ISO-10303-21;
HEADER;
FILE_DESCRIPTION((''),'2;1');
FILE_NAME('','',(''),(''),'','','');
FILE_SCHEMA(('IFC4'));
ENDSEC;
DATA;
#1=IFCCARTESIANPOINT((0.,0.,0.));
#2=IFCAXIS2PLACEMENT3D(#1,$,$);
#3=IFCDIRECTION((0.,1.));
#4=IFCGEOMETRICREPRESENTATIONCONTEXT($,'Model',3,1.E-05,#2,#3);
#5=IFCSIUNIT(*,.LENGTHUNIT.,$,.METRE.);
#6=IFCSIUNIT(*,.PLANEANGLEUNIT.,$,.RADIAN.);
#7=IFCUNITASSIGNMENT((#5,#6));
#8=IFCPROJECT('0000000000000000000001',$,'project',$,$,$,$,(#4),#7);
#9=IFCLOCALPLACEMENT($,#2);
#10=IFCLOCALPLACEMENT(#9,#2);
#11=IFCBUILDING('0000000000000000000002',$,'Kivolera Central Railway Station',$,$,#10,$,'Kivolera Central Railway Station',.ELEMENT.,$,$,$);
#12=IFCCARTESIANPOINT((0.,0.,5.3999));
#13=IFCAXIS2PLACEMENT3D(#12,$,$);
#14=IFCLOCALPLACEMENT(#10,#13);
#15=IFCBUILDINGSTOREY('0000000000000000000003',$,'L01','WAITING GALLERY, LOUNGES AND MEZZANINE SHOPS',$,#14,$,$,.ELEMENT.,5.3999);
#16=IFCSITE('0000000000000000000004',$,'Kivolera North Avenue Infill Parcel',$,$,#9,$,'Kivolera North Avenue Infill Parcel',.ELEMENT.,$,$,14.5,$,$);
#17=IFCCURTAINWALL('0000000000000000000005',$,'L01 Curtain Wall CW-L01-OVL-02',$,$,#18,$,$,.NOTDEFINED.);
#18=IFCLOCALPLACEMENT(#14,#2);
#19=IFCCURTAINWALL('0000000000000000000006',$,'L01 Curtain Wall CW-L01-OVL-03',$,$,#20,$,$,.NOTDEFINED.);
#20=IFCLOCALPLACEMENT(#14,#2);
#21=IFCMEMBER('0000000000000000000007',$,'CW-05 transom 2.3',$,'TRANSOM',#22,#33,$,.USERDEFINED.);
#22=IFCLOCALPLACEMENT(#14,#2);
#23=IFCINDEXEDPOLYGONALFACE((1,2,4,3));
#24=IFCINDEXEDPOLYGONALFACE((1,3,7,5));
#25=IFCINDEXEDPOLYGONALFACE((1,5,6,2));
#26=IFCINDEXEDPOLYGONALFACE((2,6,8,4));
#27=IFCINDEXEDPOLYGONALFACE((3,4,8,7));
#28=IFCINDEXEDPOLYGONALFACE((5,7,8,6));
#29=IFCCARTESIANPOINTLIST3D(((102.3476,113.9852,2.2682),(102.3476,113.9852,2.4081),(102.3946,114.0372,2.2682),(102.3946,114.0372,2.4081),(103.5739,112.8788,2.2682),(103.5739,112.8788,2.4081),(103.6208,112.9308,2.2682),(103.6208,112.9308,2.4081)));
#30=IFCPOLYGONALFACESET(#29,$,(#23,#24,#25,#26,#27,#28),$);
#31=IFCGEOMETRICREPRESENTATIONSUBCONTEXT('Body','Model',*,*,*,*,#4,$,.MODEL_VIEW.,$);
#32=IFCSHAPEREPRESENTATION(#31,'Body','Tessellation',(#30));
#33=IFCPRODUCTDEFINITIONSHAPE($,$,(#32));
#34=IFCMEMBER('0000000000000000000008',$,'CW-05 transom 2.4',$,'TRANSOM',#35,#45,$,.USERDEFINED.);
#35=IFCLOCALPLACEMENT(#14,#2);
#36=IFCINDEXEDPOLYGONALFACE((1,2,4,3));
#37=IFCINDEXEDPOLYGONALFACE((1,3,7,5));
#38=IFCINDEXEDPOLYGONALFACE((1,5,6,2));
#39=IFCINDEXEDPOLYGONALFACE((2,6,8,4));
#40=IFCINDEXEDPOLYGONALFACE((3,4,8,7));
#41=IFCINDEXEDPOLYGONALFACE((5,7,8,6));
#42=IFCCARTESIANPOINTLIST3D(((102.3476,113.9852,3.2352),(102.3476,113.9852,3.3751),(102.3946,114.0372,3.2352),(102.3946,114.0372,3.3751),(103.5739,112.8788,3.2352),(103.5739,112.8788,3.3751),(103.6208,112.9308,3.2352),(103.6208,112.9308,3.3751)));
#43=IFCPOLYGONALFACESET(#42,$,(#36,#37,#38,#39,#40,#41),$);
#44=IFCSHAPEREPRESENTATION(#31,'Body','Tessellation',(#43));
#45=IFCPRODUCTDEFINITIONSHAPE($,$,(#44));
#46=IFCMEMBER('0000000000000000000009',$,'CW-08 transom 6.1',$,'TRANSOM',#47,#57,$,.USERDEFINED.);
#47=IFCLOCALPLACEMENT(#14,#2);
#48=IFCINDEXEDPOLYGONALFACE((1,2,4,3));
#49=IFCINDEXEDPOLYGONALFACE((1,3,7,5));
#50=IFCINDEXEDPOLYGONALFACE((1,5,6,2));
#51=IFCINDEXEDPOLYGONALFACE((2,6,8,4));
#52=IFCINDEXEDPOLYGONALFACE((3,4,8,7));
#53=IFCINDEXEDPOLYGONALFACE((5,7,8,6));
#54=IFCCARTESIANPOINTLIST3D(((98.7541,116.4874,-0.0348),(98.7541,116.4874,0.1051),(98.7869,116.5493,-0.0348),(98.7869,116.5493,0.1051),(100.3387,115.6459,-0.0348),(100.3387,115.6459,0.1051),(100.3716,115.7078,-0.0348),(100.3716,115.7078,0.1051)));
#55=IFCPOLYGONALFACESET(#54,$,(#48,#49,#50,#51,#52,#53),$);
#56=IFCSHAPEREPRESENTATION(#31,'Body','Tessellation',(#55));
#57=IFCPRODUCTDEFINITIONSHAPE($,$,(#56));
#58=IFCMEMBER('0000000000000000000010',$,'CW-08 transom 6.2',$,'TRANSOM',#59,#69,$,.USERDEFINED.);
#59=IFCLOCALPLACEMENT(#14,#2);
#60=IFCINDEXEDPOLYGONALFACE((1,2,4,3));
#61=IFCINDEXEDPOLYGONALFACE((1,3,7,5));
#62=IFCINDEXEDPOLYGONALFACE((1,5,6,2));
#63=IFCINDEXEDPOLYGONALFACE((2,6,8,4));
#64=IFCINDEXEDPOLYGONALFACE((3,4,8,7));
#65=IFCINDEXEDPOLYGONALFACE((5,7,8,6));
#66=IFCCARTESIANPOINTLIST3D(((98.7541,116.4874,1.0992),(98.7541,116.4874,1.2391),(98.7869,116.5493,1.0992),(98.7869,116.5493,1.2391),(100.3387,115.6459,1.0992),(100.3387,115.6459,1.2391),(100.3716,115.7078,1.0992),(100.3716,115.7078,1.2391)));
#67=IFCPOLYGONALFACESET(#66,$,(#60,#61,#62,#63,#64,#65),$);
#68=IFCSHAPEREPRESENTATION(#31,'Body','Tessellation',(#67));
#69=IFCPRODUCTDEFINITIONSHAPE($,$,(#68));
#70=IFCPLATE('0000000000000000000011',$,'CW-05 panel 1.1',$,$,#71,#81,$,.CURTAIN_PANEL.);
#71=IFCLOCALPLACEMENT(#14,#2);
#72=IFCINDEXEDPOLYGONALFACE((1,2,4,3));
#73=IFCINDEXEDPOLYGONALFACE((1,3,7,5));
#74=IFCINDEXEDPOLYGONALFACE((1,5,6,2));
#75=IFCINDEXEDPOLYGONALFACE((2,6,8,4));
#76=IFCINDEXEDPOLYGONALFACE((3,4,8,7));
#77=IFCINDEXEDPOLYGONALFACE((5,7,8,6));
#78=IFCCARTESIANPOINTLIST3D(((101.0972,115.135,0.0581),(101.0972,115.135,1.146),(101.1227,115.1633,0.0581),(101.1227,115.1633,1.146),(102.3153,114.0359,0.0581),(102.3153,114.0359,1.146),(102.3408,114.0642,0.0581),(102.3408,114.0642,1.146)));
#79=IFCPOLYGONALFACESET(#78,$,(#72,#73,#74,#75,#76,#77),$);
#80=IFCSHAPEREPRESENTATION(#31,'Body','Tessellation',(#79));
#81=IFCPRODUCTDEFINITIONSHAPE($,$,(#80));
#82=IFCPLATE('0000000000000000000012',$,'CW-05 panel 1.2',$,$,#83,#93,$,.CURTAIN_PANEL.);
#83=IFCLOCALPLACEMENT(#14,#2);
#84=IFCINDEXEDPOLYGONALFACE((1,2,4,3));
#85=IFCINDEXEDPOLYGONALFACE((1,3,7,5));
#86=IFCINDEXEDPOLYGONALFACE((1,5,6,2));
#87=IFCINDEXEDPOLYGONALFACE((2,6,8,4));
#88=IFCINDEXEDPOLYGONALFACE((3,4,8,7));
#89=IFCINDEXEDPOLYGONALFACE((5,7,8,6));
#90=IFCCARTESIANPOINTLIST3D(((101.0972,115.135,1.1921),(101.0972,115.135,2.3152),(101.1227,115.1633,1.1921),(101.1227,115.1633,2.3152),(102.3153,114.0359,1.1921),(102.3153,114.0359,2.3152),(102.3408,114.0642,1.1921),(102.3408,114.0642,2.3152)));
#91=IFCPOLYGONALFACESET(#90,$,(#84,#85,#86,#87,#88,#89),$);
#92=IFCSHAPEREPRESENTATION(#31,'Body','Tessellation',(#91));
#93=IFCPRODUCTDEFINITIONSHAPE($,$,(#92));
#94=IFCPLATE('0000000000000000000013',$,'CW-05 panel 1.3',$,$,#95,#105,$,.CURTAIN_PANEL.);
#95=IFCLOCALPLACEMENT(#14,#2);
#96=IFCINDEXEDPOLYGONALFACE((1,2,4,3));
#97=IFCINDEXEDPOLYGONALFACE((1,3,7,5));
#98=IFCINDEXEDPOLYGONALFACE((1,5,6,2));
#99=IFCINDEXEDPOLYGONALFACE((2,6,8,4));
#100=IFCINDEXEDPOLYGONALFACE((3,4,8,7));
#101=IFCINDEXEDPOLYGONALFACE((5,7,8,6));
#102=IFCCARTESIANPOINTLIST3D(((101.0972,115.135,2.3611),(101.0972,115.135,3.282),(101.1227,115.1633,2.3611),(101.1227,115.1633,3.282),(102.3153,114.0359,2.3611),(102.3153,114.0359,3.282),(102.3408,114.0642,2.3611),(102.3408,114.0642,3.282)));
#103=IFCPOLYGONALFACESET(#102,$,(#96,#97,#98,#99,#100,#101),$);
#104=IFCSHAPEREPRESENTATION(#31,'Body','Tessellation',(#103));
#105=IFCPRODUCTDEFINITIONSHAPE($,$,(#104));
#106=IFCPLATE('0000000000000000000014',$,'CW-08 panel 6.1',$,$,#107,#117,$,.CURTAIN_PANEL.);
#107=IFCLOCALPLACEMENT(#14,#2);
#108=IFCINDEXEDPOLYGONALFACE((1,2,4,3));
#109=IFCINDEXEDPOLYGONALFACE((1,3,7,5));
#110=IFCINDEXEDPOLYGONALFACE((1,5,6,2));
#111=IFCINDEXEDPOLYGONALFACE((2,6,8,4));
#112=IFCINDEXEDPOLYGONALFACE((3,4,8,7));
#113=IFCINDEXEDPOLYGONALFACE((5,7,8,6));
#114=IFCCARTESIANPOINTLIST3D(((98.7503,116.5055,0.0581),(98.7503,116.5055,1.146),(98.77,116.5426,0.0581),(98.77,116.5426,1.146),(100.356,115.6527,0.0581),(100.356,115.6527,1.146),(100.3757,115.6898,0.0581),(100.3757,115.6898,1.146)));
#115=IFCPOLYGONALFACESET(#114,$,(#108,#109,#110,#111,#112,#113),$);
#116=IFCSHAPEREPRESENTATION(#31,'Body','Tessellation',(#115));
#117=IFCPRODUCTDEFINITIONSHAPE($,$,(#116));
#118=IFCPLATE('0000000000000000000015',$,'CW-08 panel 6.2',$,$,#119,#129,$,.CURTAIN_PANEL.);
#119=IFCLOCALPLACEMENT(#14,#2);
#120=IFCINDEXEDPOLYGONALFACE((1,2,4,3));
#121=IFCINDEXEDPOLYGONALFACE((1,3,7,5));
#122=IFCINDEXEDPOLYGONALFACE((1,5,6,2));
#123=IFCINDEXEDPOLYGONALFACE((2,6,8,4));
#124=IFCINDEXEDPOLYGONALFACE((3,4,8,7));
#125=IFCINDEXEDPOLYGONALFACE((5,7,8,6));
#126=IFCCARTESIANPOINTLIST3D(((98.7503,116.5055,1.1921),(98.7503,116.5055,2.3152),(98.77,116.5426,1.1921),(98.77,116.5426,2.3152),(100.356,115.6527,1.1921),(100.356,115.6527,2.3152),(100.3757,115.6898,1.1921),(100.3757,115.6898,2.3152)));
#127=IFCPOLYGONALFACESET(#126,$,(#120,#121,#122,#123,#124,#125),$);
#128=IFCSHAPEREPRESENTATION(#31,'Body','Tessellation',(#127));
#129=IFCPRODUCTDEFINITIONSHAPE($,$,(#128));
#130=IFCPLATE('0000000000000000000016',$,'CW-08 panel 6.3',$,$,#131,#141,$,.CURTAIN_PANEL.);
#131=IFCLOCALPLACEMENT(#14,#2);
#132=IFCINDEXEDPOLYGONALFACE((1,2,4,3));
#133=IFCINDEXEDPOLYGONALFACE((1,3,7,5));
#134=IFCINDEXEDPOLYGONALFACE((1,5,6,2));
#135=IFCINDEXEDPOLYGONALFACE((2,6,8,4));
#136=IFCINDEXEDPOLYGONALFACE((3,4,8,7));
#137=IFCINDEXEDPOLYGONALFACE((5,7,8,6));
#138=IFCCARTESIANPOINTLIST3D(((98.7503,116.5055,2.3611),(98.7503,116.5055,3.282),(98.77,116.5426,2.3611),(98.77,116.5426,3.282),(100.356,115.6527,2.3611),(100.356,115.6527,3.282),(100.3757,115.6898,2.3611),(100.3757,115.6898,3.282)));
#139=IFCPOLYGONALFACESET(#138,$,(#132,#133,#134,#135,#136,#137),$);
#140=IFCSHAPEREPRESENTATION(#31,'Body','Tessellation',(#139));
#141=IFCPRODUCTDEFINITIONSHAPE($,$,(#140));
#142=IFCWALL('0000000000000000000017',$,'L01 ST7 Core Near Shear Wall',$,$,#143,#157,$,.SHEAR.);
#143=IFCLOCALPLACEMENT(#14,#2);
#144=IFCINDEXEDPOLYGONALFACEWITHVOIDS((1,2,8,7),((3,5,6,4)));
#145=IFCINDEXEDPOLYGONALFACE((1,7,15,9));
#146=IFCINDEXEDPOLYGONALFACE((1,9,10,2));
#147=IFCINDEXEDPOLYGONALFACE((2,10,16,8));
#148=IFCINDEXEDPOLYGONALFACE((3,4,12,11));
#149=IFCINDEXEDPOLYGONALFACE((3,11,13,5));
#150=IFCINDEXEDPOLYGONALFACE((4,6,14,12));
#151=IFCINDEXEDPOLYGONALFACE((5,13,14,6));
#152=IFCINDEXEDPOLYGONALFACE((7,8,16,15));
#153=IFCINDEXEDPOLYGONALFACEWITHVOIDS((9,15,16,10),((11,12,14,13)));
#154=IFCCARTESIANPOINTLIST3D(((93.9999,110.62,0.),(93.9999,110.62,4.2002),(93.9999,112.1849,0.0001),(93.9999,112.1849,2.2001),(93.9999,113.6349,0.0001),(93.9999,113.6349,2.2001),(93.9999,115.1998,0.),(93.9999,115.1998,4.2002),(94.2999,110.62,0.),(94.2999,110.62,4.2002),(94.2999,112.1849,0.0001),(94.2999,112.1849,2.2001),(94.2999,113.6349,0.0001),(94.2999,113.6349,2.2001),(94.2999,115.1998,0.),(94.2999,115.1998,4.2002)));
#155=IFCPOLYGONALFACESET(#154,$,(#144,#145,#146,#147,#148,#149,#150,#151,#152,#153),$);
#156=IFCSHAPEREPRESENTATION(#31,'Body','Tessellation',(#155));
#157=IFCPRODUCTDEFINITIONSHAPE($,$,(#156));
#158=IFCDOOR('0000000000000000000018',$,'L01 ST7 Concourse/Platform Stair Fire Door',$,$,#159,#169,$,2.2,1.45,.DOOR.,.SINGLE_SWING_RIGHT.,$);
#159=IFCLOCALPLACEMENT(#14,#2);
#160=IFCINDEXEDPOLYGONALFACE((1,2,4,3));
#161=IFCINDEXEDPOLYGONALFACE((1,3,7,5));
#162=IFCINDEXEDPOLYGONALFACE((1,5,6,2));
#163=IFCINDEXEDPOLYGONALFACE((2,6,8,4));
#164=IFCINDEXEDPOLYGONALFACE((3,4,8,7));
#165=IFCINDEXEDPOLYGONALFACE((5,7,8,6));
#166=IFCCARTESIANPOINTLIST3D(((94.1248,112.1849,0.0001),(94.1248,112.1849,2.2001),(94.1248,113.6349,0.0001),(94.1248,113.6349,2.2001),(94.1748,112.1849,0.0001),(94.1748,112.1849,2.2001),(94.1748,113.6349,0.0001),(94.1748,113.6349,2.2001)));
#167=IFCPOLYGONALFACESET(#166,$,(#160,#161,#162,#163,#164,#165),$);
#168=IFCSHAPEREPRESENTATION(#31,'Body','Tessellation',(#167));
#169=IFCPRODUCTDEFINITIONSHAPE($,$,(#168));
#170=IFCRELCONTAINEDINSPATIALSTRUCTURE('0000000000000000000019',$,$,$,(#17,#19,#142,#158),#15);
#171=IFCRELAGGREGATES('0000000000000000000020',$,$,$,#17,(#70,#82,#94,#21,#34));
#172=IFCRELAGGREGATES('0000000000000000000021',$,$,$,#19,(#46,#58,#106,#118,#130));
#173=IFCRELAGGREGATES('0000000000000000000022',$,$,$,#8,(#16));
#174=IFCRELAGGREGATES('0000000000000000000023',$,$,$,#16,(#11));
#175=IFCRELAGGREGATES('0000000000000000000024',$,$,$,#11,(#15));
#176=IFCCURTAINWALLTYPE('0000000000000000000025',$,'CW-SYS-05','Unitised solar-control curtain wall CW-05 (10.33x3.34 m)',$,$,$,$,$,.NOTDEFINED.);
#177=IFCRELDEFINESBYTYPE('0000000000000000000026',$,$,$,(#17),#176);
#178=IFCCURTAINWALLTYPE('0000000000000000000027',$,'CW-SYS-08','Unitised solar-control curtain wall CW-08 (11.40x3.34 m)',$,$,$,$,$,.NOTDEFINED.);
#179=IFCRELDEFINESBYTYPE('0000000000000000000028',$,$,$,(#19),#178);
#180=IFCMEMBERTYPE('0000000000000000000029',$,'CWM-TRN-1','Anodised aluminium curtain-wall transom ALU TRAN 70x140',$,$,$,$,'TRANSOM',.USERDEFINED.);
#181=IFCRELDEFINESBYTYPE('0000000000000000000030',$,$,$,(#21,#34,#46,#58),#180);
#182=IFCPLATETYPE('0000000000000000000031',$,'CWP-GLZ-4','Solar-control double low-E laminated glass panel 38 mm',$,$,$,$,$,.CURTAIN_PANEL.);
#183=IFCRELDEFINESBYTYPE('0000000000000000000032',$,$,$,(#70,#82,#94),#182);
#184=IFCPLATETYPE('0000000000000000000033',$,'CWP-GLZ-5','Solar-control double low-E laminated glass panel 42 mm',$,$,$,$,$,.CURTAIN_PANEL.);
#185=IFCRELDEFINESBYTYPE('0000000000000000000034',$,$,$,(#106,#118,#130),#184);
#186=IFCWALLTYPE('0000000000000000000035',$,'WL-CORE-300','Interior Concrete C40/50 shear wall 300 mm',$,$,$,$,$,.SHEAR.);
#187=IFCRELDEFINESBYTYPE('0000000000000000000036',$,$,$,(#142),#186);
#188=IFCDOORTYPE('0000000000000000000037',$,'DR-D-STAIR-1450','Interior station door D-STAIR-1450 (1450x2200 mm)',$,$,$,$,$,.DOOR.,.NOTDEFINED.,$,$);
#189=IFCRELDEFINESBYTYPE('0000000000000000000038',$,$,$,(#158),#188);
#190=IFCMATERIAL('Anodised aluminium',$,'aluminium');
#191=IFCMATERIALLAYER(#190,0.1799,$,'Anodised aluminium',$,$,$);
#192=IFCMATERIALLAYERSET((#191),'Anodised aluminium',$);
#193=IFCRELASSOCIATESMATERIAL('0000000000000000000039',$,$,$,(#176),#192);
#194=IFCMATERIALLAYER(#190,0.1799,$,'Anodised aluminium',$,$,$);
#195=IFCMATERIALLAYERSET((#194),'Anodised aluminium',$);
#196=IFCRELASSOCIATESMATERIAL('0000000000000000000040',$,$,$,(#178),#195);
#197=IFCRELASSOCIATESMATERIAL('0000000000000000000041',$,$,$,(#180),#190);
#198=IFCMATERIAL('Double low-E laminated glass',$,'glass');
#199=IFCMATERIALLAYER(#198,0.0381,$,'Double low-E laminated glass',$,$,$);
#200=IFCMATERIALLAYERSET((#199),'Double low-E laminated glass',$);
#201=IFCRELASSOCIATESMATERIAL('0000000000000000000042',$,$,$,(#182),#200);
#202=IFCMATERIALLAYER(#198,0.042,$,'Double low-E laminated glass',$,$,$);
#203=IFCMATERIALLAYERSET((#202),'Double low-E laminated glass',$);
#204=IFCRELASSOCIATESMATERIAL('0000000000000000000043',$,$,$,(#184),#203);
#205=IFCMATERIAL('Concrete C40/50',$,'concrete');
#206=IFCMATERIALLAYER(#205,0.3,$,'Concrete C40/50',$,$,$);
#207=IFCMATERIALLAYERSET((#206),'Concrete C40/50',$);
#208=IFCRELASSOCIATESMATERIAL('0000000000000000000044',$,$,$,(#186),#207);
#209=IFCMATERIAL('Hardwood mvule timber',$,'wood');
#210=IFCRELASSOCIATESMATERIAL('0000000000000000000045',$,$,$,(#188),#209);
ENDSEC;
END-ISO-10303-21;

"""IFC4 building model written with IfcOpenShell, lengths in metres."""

from ifc_helpers import new_model, si_unit, direction, frame, frame_2d, origin, origin_2d, place, context, subcontext, project, spatial, rectangle, extrude, material, layer, layer_set, material_profile, profile_set, type_object, element, fill, aggregate, save


model = new_model("IFC4")

# Units and contexts
model_context = context("Model", 3, precision=1e-05, world=origin(), true_north=direction((0.0, 1.0)))
body_context = subcontext(model_context, "Body", "Model", "MODEL_VIEW")
ifc_project = project(units=[si_unit("LENGTHUNIT", "METRE"), si_unit("PLANEANGLEUNIT", "RADIAN")], contexts=[model_context])

# Site, building, storey
site_placement = place(None, origin())
site = spatial("IfcSite", under=ifc_project, at=site_placement, Name="Kivolera North Avenue Infill Parcel", LongName="Kivolera North Avenue Infill Parcel", CompositionType="ELEMENT", RefElevation=14.5)
building_placement = place(site_placement, origin())
building = spatial("IfcBuilding", under=site, at=building_placement, Name="Kivolera Central Railway Station", LongName="Kivolera Central Railway Station", CompositionType="ELEMENT")
storey_placement = place(building_placement, frame((0.0, 0.0, 5.3999)))
storey = spatial("IfcBuildingStorey", under=building, at=storey_placement, Name="L01", Description="WAITING GALLERY, LOUNGES AND MEZZANINE SHOPS", CompositionType="ELEMENT", Elevation=5.3999)

# Shared definitions
ifc_material_1 = material(Name="Concrete C40/50", Category="concrete")

# Curtain wall
ifc_material_2 = material(Name="Anodised aluminium", Category="aluminium")
ifc_layer_1 = layer(ifc_material_2, 0.1799, Name="Anodised aluminium")
ifc_layer_set_1 = layer_set([ifc_layer_1], Name="Anodised aluminium")
curtain_wall_type_1 = type_object("IfcCurtainWallType", Name="CW-SYS-05", Description="Unitised solar-control curtain wall CW-05 (10.33x3.34 m)", PredefinedType="NOTDEFINED", material=ifc_layer_set_1)
curtain_wall_1_placement = place(storey_placement, origin())
curtain_wall_1 = element("IfcCurtainWall", 1, at=curtain_wall_1_placement, inside=storey, type_object=curtain_wall_type_1, Name="L01 Curtain Wall CW-L01-OVL-02", PredefinedType="NOTDEFINED")

# Curtain wall
ifc_layer_2 = layer(ifc_material_2, 0.1799, Name="Anodised aluminium")
ifc_layer_set_2 = layer_set([ifc_layer_2], Name="Anodised aluminium")
curtain_wall_type_2 = type_object("IfcCurtainWallType", Name="CW-SYS-08", Description="Unitised solar-control curtain wall CW-08 (11.40x3.34 m)", PredefinedType="NOTDEFINED", material=ifc_layer_set_2)
curtain_wall_2_placement = place(storey_placement, origin())
curtain_wall_2 = element("IfcCurtainWall", 2, at=curtain_wall_2_placement, inside=storey, type_object=curtain_wall_type_2, Name="L01 Curtain Wall CW-L01-OVL-03", PredefinedType="NOTDEFINED")

# Members
ifc_material_profile_1 = material_profile(ifc_material_2, rectangle(XDim=0.0701, YDim=0.1399, at=origin_2d()), Name="ALU TRAN 70x140")
ifc_profile_set_1 = profile_set([ifc_material_profile_1], Name="Anodised aluminium")
member_type_1 = type_object("IfcMemberType", Name="CWM-TRN-1", Description="Anodised aluminium curtain-wall transom ALU TRAN 70x140", ElementType="TRANSOM", PredefinedType="USERDEFINED", material=ifc_profile_set_1)
member_1_placement = place(storey_placement, frame((102.3711, 114.0112, 2.3381), z_axis=(0.742463, -0.669887, 0.0), x_axis=(0.669887, 0.742463, 0.0)))
member_1 = element("IfcMember", 3, at=member_1_placement, type_object=member_type_1, Name="CW-05 transom 2.3", ObjectType="TRANSOM", PredefinedType="USERDEFINED", context=body_context, shape_type="SweptSolid", body=[
    extrude(rectangle(XDim=0.0701, YDim=0.1399, at=origin_2d()), origin(), (0.0, 0.0, 1.0), 1.6516),
])
member_2_placement = place(storey_placement, frame((102.3711, 114.0112, 3.3052), z_axis=(0.742463, -0.669887, 0.0), x_axis=(0.669887, 0.742463, 0.0)))
member_2 = element("IfcMember", 4, at=member_2_placement, type_object=member_type_1, Name="CW-05 transom 2.4", ObjectType="TRANSOM", PredefinedType="USERDEFINED", context=body_context, shape_type="SweptSolid", body=[
    extrude(rectangle(XDim=0.0701, YDim=0.1399, at=origin_2d()), origin(), (0.0, 0.0, 1.0), 1.6516),
])
member_3_placement = place(storey_placement, frame((98.7705, 116.5183, 0.0352), z_axis=(0.883191, -0.469013, 0.0), x_axis=(0.469013, 0.883191, 0.0)))
member_3 = element("IfcMember", 5, at=member_3_placement, type_object=member_type_1, Name="CW-08 transom 6.1", ObjectType="TRANSOM", PredefinedType="USERDEFINED", context=body_context, shape_type="SweptSolid", body=[
    extrude(rectangle(XDim=0.0701, YDim=0.1399, at=origin_2d()), origin(), (0.0, 0.0, 1.0), 1.7942),
])
member_4_placement = place(storey_placement, frame((98.7705, 116.5183, 1.1692), z_axis=(0.883191, -0.469013, 0.0), x_axis=(0.469013, 0.883191, 0.0)))
member_4 = element("IfcMember", 6, at=member_4_placement, type_object=member_type_1, Name="CW-08 transom 6.2", ObjectType="TRANSOM", PredefinedType="USERDEFINED", context=body_context, shape_type="SweptSolid", body=[
    extrude(rectangle(XDim=0.0701, YDim=0.1399, at=origin_2d()), origin(), (0.0, 0.0, 1.0), 1.7942),
])

# Plates
ifc_material_3 = material(Name="Double low-E laminated glass", Category="glass")
ifc_layer_3 = layer(ifc_material_3, 0.0381, Name="Double low-E laminated glass")
ifc_layer_set_3 = layer_set([ifc_layer_3], Name="Double low-E laminated glass")
plate_type_1 = type_object("IfcPlateType", Name="CWP-GLZ-4", Description="Solar-control double low-E laminated glass panel 38 mm", PredefinedType="CURTAIN_PANEL", material=ifc_layer_set_3)
plate_1_placement = place(storey_placement, frame((101.719, 114.5996, 0.0581), z_axis=(0.0, 0.0, 1.0), x_axis=(0.742432, -0.669922, 0.0)))
plate_1 = element("IfcPlate", 7, at=plate_1_placement, type_object=plate_type_1, Name="CW-05 panel 1.1", PredefinedType="CURTAIN_PANEL", context=body_context, shape_type="SweptSolid", body=[
    extrude(rectangle(XDim=1.6406, YDim=0.0381, at=origin_2d()), origin(), (0.0, 0.0, 1.0), 1.0879),
])
plate_2_placement = place(storey_placement, frame((101.719, 114.5996, 1.1921), z_axis=(0.0, 0.0, 1.0), x_axis=(0.742432, -0.669922, 0.0)))
plate_2 = element("IfcPlate", 8, at=plate_2_placement, type_object=plate_type_1, Name="CW-05 panel 1.2", PredefinedType="CURTAIN_PANEL", context=body_context, shape_type="SweptSolid", body=[
    extrude(rectangle(XDim=1.6406, YDim=0.0381, at=origin_2d()), origin(), (0.0, 0.0, 1.0), 1.123),
])
plate_3_placement = place(storey_placement, frame((101.719, 114.5996, 2.3611), z_axis=(0.0, 0.0, 1.0), x_axis=(0.742432, -0.669922, 0.0)))
plate_3 = element("IfcPlate", 9, at=plate_3_placement, type_object=plate_type_1, Name="CW-05 panel 1.3", PredefinedType="CURTAIN_PANEL", context=body_context, shape_type="SweptSolid", body=[
    extrude(rectangle(XDim=1.6406, YDim=0.0381, at=origin_2d()), origin(), (0.0, 0.0, 1.0), 0.9209),
])
aggregate(curtain_wall_1, [plate_1, plate_2, plate_3, member_1, member_2])
ifc_layer_4 = layer(ifc_material_3, 0.042, Name="Double low-E laminated glass")
ifc_layer_set_4 = layer_set([ifc_layer_4], Name="Double low-E laminated glass")
plate_type_2 = type_object("IfcPlateType", Name="CWP-GLZ-5", Description="Solar-control double low-E laminated glass panel 42 mm", PredefinedType="CURTAIN_PANEL", material=ifc_layer_set_4)
plate_4_placement = place(storey_placement, frame((99.563, 116.0977, 0.0581), z_axis=(0.0, 0.0, 1.0), x_axis=(0.88317, -0.469053, 0.0)))
plate_4 = element("IfcPlate", 10, at=plate_4_placement, type_object=plate_type_2, Name="CW-08 panel 6.1", PredefinedType="CURTAIN_PANEL", context=body_context, shape_type="SweptSolid", body=[
    extrude(rectangle(XDim=1.8181, YDim=0.042, at=origin_2d()), origin(), (0.0, 0.0, 1.0), 1.0879),
])
plate_5_placement = place(storey_placement, frame((99.563, 116.0977, 1.1921), z_axis=(0.0, 0.0, 1.0), x_axis=(0.88317, -0.469053, 0.0)))
plate_5 = element("IfcPlate", 11, at=plate_5_placement, type_object=plate_type_2, Name="CW-08 panel 6.2", PredefinedType="CURTAIN_PANEL", context=body_context, shape_type="SweptSolid", body=[
    extrude(rectangle(XDim=1.8181, YDim=0.042, at=origin_2d()), origin(), (0.0, 0.0, 1.0), 1.123),
])
plate_6_placement = place(storey_placement, frame((99.563, 116.0977, 2.3611), z_axis=(0.0, 0.0, 1.0), x_axis=(0.88317, -0.469053, 0.0)))
plate_6 = element("IfcPlate", 12, at=plate_6_placement, type_object=plate_type_2, Name="CW-08 panel 6.3", PredefinedType="CURTAIN_PANEL", context=body_context, shape_type="SweptSolid", body=[
    extrude(rectangle(XDim=1.8181, YDim=0.042, at=origin_2d()), origin(), (0.0, 0.0, 1.0), 0.9209),
])
aggregate(curtain_wall_2, [member_3, member_4, plate_4, plate_5, plate_6])

# Wall, opening, door
ifc_layer_5 = layer(ifc_material_1, 0.3, Name="Concrete C40/50")
ifc_layer_set_5 = layer_set([ifc_layer_5], Name="Concrete C40/50")
wall_type = type_object("IfcWallType", Name="WL-CORE-300", Description="Interior Concrete C40/50 shear wall 300 mm", PredefinedType="SHEAR", material=ifc_layer_set_5)
wall_placement = place(storey_placement, frame((94.1499, 115.2, 0.0), z_axis=(0.0, 0.0, 1.0), x_axis=(0.0, -1.0, 0.0)))
wall = element("IfcWall", 13, at=wall_placement, inside=storey, type_object=wall_type, Name="L01 ST7 Core Near Shear Wall", PredefinedType="SHEAR", context=body_context, shape_type="SweptSolid", body=[
    extrude(rectangle(XDim=4.5798, YDim=0.3, at=frame_2d((2.29, 0.0))), origin(), (0.0, 0.0, 1.0), 4.2002),
])
opening_placement = place(wall_placement, frame((1.5649, 0.0, 0.0)))
opening = element("IfcOpeningElement", 14, at=opening_placement, cuts=wall, PredefinedType="OPENING", context=body_context, shape_type="SweptSolid", body=[
    extrude(rectangle(XDim=1.45, YDim=2.2, at=frame_2d((0.7251, 1.1001))), frame((0.0, 0.1599, 0.0), z_axis=(0.0, -1.0, 0.0), x_axis=(1.0, 0.0, 0.0)), (0.0, 0.0, 1.0), 0.3201),
])
ifc_material_4 = material(Name="Hardwood mvule timber", Category="wood")
door_type = type_object("IfcDoorType", Name="DR-D-STAIR-1450", Description="Interior station door D-STAIR-1450 (1450x2200 mm)", OperationType="NOTDEFINED", PredefinedType="DOOR", material=ifc_material_4)
door_placement = place(opening_placement, origin())
door = element("IfcDoor", 15, at=door_placement, inside=storey, type_object=door_type, Name="L01 ST7 Concourse/Platform Stair Fire Door", OperationType="SINGLE_SWING_RIGHT", OverallHeight=2.2, OverallWidth=1.45, PredefinedType="DOOR", context=body_context, shape_type="SweptSolid", body=[
    extrude(rectangle(XDim=1.45, YDim=2.2, at=frame_2d((0.7251, 1.1001))), frame((0.0, 0.0249, 0.0), z_axis=(0.0, -1.0, 0.0), x_axis=(1.0, 0.0, 0.0)), (0.0, 0.0, 1.0), 0.05),
])
fill(opening, door)

save(model, "model.ifc")
